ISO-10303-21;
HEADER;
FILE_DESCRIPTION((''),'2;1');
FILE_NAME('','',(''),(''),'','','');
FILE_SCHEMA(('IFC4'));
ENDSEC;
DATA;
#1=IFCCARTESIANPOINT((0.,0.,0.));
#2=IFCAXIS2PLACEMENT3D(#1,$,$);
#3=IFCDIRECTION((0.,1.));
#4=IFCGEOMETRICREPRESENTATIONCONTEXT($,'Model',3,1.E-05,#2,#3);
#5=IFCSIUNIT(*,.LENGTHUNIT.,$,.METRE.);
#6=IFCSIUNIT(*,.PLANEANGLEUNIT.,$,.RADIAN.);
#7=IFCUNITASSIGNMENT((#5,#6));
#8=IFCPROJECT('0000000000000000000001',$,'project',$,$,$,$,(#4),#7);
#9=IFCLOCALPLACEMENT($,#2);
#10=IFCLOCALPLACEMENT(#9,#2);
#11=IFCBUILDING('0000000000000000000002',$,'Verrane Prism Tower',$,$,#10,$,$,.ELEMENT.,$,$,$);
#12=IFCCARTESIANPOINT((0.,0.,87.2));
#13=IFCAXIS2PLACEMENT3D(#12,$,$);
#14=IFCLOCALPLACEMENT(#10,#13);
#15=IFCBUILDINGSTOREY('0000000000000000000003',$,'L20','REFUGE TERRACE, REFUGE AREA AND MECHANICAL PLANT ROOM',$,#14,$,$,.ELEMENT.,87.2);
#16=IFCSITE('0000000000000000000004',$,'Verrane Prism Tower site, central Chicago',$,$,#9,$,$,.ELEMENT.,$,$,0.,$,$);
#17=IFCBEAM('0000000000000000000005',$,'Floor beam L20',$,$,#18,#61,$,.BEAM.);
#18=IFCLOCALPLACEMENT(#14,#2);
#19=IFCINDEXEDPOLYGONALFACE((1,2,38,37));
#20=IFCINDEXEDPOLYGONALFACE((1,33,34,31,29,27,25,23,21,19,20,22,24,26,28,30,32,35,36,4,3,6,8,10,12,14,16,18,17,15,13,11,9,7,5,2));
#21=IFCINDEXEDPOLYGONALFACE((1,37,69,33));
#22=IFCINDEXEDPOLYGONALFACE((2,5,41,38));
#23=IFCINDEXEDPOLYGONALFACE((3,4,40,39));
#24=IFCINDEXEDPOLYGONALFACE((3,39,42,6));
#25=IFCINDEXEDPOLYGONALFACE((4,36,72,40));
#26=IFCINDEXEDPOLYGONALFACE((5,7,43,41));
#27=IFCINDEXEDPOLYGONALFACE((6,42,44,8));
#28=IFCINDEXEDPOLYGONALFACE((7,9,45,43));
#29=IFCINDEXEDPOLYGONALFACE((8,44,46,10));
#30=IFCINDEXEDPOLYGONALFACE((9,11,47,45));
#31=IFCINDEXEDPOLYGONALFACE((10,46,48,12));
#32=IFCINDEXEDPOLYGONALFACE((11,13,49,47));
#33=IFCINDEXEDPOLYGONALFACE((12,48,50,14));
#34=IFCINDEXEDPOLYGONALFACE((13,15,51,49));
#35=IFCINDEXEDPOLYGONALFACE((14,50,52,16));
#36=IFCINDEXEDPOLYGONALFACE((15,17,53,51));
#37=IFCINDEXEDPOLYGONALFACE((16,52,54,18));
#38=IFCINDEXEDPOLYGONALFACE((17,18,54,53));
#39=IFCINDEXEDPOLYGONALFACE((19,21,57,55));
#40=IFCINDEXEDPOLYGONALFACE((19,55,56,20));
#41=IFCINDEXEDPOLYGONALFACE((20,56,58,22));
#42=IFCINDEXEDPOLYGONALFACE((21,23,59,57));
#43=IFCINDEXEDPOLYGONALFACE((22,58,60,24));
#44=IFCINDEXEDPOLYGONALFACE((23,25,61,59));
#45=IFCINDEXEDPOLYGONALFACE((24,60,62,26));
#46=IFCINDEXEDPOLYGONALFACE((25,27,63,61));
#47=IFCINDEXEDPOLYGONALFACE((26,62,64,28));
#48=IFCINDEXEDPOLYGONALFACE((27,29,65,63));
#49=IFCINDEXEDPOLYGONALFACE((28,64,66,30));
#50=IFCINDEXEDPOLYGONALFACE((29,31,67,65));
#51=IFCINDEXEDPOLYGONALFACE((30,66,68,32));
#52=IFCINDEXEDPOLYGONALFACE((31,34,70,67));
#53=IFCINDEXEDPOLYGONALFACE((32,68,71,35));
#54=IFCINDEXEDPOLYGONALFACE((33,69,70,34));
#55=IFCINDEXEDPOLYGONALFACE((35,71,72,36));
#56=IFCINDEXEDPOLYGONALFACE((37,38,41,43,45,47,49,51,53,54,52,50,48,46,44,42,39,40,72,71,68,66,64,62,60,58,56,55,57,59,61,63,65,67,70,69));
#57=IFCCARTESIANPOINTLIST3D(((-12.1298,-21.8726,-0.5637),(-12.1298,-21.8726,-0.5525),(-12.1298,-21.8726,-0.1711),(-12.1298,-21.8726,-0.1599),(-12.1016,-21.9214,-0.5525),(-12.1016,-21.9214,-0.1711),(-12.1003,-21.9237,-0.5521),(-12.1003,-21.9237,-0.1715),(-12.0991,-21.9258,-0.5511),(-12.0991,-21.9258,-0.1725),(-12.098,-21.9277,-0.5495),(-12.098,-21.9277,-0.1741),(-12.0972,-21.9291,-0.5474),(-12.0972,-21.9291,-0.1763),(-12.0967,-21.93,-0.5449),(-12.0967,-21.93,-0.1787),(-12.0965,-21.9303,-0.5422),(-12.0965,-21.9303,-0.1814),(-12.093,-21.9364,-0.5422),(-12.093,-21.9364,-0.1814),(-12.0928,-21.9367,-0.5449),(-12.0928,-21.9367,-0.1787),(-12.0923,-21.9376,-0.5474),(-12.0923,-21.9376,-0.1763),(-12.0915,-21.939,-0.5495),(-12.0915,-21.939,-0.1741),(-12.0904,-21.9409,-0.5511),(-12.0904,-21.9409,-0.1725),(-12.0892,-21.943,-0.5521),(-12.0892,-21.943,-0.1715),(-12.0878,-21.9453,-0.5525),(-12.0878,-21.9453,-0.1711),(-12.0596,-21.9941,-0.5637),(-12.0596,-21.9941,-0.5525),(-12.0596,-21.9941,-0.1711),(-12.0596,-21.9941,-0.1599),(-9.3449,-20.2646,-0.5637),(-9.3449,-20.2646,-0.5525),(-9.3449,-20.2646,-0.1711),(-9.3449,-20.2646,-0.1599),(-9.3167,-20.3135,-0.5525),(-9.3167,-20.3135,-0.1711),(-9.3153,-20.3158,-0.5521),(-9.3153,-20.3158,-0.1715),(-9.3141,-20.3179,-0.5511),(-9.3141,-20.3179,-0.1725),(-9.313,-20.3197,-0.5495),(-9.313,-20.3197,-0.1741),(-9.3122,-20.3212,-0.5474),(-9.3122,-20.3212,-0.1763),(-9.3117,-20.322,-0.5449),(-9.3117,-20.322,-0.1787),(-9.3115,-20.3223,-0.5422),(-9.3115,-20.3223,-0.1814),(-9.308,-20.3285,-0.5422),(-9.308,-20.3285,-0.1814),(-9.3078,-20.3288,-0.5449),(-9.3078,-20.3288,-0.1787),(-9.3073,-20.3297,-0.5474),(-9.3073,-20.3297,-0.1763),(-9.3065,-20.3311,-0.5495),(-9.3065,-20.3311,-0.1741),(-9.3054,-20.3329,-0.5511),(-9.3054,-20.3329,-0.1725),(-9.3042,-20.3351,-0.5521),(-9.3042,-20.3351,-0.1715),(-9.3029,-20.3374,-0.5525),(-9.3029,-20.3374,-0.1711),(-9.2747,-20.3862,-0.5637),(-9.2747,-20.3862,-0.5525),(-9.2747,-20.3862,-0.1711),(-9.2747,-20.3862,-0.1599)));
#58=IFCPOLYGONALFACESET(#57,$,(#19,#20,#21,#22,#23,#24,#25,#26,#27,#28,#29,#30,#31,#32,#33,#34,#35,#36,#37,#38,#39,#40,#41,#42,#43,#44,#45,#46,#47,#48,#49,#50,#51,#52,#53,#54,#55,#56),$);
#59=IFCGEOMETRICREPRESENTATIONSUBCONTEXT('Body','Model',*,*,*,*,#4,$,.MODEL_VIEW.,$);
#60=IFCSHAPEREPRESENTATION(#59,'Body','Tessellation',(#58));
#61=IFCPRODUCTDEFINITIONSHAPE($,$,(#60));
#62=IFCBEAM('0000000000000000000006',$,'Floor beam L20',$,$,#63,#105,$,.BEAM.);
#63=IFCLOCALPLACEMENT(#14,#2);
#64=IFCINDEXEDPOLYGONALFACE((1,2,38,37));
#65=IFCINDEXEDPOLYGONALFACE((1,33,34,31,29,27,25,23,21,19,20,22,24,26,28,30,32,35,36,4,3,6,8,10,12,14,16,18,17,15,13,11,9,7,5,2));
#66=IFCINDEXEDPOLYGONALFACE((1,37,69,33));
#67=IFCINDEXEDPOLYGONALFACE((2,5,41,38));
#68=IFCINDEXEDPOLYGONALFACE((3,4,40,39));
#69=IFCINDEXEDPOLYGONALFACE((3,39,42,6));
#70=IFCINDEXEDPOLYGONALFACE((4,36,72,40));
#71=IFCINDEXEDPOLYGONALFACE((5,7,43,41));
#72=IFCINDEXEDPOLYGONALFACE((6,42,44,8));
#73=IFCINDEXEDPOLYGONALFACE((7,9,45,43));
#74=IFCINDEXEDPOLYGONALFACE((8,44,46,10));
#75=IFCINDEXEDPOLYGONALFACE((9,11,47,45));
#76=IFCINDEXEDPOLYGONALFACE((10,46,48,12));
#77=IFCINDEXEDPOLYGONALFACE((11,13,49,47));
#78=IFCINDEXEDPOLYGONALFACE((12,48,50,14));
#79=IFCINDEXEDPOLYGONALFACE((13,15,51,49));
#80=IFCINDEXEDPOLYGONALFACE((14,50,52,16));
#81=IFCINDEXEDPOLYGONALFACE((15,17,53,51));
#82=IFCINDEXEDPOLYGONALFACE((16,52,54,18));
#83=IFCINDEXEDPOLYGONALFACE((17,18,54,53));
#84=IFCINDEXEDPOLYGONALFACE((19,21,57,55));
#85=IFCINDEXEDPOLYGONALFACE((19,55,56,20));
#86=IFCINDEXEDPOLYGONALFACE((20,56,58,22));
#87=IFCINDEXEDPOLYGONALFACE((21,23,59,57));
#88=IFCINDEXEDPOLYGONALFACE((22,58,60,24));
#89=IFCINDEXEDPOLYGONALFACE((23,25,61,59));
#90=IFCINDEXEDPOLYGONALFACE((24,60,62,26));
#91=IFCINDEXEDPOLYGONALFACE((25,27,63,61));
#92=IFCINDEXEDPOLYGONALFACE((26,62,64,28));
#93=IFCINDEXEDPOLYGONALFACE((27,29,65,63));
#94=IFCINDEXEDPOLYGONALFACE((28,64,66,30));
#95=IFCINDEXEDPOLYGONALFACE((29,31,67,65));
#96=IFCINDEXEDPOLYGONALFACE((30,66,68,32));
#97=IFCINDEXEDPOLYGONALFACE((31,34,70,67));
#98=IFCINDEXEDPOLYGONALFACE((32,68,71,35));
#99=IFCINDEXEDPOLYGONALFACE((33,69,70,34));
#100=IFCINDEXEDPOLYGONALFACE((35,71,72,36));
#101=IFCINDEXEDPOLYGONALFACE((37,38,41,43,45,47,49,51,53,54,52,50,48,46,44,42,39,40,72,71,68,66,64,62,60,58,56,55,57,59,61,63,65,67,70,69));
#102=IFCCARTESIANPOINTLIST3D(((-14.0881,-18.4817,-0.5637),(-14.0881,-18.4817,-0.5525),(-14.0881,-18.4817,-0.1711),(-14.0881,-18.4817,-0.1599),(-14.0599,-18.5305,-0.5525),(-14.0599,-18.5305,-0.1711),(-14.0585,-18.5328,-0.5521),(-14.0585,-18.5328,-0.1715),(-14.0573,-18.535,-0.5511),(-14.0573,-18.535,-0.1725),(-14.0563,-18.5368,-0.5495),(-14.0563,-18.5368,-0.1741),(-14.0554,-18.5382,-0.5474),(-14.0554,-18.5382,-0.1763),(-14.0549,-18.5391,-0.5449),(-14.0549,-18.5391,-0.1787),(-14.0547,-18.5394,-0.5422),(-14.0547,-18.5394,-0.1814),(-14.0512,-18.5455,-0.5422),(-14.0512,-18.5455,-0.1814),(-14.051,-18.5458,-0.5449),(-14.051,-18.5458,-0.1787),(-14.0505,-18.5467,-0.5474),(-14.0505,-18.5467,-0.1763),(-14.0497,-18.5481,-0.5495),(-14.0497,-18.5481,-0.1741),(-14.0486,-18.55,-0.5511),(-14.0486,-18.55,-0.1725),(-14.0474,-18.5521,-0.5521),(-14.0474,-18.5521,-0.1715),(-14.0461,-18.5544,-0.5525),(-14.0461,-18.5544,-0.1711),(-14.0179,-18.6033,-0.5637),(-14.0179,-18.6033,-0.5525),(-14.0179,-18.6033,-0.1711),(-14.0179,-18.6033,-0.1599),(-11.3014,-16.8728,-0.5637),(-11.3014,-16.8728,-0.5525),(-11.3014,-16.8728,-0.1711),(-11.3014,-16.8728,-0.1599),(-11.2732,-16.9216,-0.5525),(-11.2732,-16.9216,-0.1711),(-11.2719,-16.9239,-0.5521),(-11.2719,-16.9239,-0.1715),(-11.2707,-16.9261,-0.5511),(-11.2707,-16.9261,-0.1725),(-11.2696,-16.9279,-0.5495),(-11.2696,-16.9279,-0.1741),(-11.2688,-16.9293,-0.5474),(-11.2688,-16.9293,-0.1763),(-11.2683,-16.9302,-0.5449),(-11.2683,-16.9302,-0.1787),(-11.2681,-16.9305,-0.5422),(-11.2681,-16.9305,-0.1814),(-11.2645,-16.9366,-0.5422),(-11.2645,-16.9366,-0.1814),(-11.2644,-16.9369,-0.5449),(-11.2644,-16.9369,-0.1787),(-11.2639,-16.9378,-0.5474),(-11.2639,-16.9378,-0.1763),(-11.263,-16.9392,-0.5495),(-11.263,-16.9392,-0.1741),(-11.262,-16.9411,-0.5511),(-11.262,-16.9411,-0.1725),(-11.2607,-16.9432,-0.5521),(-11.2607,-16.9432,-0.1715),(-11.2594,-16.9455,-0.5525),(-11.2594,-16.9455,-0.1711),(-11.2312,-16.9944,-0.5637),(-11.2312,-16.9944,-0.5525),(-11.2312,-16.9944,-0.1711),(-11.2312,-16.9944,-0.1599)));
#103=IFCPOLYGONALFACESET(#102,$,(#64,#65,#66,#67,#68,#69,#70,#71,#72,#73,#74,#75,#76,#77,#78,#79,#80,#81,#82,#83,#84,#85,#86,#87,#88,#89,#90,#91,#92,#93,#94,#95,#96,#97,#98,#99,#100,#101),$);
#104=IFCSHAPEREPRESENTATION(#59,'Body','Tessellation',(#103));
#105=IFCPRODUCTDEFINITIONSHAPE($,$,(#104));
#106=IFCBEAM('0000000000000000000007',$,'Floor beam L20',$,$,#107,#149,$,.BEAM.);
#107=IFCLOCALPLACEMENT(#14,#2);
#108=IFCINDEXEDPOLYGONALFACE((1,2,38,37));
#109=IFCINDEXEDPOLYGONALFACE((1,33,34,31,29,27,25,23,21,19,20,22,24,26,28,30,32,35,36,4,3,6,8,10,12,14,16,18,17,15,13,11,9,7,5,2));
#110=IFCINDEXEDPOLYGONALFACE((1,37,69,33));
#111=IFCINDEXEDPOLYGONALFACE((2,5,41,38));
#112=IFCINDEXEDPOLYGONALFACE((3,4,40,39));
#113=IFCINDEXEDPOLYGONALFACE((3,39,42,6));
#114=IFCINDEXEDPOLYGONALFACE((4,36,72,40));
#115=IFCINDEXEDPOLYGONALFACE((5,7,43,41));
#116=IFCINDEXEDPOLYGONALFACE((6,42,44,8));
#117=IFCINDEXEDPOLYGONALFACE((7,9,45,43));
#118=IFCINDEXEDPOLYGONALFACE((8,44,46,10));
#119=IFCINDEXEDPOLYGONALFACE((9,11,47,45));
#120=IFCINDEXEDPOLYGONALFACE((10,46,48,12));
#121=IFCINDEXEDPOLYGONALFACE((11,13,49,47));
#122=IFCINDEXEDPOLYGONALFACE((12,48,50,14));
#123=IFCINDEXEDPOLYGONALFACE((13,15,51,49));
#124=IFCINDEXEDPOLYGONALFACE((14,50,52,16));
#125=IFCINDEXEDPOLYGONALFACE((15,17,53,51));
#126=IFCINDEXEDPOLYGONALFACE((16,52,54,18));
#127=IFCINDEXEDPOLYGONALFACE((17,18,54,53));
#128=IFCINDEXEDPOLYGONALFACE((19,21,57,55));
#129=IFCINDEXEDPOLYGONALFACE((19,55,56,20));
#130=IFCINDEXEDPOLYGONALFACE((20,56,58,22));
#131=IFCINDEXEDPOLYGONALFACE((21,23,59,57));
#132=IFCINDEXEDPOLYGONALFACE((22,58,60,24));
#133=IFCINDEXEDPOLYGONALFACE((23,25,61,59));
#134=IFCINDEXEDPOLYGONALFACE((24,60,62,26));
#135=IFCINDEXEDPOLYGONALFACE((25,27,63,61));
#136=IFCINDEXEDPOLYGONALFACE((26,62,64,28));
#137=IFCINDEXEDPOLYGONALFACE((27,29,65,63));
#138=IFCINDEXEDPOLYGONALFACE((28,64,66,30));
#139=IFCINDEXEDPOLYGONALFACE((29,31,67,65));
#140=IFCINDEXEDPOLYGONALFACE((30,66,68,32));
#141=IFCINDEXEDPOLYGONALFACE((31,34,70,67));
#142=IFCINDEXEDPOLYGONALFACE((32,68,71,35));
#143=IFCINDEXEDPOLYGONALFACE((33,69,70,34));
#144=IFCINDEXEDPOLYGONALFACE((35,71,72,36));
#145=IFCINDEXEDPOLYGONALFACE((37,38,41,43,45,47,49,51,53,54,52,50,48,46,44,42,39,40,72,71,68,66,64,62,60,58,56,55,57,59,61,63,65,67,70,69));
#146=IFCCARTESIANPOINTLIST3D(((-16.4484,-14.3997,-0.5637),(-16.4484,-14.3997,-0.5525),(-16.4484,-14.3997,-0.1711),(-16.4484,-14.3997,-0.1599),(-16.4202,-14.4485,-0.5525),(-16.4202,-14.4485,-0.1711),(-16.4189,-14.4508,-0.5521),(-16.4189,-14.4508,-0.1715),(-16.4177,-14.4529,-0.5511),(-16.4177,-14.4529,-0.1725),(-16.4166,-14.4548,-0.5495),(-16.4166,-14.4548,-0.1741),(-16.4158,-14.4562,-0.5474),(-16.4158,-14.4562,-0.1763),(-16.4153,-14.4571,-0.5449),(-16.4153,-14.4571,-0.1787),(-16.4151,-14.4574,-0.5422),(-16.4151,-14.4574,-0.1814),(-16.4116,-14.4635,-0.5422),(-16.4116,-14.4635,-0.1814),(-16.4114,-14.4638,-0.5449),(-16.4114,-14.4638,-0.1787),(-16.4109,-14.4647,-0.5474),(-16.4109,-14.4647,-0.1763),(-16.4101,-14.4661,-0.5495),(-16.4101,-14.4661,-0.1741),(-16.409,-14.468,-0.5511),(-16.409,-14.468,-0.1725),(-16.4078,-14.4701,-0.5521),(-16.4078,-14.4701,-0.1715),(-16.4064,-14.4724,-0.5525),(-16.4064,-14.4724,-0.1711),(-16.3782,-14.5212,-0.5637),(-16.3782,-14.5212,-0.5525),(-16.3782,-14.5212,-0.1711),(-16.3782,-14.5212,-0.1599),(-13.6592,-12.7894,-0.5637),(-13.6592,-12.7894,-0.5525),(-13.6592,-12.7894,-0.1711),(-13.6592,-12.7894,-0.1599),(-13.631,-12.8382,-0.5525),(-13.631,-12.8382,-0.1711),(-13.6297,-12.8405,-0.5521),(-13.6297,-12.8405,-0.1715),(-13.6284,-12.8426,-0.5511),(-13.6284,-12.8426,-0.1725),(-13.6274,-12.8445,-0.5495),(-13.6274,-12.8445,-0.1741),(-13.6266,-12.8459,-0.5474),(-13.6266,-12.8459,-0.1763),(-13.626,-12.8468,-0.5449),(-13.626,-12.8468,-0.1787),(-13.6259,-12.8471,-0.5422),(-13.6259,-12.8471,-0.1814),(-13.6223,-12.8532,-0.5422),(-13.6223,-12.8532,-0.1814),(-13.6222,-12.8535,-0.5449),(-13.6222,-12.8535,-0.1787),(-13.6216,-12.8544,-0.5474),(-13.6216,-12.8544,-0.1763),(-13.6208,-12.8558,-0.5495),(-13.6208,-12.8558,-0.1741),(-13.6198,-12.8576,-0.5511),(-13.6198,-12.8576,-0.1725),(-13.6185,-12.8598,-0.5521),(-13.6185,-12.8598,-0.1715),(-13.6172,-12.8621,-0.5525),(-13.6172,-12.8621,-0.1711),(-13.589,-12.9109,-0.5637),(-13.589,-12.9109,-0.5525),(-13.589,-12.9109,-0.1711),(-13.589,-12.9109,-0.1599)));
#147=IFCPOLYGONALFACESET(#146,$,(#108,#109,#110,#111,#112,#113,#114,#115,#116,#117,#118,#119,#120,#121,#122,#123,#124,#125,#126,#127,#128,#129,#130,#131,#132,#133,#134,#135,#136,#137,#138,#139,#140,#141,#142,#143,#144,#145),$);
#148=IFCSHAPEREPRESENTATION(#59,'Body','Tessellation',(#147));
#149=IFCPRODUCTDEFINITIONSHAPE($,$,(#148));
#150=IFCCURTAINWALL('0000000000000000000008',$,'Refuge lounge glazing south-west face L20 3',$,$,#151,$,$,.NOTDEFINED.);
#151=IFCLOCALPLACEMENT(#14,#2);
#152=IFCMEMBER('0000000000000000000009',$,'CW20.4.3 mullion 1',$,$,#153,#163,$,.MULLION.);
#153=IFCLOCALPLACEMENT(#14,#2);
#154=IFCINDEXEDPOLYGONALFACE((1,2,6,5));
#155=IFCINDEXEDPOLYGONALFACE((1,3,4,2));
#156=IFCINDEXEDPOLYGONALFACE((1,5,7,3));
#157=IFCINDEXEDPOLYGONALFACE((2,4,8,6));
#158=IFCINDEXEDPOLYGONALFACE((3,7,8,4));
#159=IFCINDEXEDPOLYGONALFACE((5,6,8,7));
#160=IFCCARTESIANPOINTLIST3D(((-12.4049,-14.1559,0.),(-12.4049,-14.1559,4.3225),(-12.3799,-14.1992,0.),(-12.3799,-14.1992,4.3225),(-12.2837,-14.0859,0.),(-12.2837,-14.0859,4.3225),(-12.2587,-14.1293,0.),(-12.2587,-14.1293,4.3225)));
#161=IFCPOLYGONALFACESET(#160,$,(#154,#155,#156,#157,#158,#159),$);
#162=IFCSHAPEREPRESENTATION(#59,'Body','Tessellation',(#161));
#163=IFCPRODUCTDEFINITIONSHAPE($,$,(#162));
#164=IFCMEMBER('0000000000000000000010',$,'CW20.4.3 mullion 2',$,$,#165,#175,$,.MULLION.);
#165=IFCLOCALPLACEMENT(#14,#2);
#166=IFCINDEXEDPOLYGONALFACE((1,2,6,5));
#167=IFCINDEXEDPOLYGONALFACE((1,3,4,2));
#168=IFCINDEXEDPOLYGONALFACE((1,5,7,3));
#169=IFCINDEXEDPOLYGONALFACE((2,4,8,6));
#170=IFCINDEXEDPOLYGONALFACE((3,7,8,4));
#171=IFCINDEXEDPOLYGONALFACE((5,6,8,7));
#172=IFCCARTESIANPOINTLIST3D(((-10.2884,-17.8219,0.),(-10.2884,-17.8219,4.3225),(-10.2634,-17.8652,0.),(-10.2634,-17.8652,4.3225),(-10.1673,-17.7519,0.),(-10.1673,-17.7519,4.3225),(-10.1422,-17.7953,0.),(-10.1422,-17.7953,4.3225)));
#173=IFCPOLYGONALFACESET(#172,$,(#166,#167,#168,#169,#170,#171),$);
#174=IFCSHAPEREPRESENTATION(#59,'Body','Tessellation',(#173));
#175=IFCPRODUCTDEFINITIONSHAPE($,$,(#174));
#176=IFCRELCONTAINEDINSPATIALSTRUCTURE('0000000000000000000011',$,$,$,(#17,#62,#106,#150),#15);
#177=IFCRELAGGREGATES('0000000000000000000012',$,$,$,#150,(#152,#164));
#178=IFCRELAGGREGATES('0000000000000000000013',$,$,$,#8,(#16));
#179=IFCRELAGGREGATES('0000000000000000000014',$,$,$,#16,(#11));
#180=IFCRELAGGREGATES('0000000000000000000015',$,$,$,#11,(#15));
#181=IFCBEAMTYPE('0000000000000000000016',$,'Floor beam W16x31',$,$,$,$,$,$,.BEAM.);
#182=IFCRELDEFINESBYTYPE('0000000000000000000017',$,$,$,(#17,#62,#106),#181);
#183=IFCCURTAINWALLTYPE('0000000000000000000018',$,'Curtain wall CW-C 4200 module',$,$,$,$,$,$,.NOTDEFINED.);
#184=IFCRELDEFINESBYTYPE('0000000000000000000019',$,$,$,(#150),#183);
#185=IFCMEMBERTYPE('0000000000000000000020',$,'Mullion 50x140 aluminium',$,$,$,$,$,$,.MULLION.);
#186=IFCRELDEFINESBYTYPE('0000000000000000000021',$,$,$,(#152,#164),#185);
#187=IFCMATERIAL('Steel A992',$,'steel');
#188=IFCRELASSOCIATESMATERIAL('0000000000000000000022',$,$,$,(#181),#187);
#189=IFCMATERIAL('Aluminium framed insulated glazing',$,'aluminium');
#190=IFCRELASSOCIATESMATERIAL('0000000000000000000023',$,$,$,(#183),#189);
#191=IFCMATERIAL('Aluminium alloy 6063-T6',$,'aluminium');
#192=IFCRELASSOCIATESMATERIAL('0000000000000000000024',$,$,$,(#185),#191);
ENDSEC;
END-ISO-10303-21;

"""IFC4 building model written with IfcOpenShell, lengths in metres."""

from ifc_helpers import new_model, si_unit, direction, frame, origin, origin_2d, place, context, subcontext, project, spatial, rectangle, i_section, extrude, material, material_profile, profile_set, type_object, element, aggregate, save


model = new_model("IFC4")

# Units and contexts
model_context = context("Model", 3, precision=1e-05, world=origin(), true_north=direction((0.0, 1.0)))
body_context = subcontext(model_context, "Body", "Model", "MODEL_VIEW")
ifc_project = project(units=[si_unit("LENGTHUNIT", "METRE"), si_unit("PLANEANGLEUNIT", "RADIAN")], contexts=[model_context])

# Site, building, storey
site_placement = place(None, origin())
site = spatial("IfcSite", under=ifc_project, at=site_placement, Name="Verrane Prism Tower site, central Chicago", CompositionType="ELEMENT", RefElevation=0.0)
building_placement = place(site_placement, origin())
building = spatial("IfcBuilding", under=site, at=building_placement, Name="Verrane Prism Tower", CompositionType="ELEMENT")
storey_placement = place(building_placement, frame((0.0, 0.0, 87.2)))
storey = spatial("IfcBuildingStorey", under=building, at=storey_placement, Name="L20", Description="REFUGE TERRACE, REFUGE AREA AND MECHANICAL PLANT ROOM", CompositionType="ELEMENT", Elevation=87.2)

# Beams
ifc_material_1 = material(Name="Steel A992", Category="steel")
ifc_material_profile_1 = material_profile(ifc_material_1, i_section(OverallWidth=0.1404, OverallDepth=0.4038, WebThickness=0.0071, FlangeThickness=0.0112, FilletRadius=0.0103, at=origin_2d()), Name="W16x31")
ifc_profile_set_1 = profile_set([ifc_material_profile_1], Name="Steel A992")
beam_type_1 = type_object("IfcBeamType", Name="Floor beam W16x31", PredefinedType="BEAM", material=ifc_profile_set_1)
beam_1_placement = place(storey_placement, frame((-12.0947, -21.9333, -0.3618), z_axis=(0.86602, 0.500009, 0.0), x_axis=(-0.500009, 0.86602, 0.0)))
element("IfcBeam", 1, at=beam_1_placement, inside=storey, type_object=beam_type_1, Name="Floor beam L20", PredefinedType="BEAM", context=body_context, shape_type="SweptSolid", body=[
    extrude(i_section(OverallWidth=0.1404, OverallDepth=0.4038, WebThickness=0.0071, FlangeThickness=0.0112, FilletRadius=0.0103, at=origin_2d()), origin(), (0.0, 0.0, 1.0), 3.2158),
])
beam_2_placement = place(storey_placement, frame((-14.053, -18.5425, -0.3618), z_axis=(0.866021, 0.500007, 0.0), x_axis=(-0.500007, 0.866021, 0.0)))
element("IfcBeam", 2, at=beam_2_placement, inside=storey, type_object=beam_type_1, Name="Floor beam L20", PredefinedType="BEAM", context=body_context, shape_type="SweptSolid", body=[
    extrude(i_section(OverallWidth=0.1404, OverallDepth=0.4038, WebThickness=0.0071, FlangeThickness=0.0112, FilletRadius=0.0103, at=origin_2d()), origin(), (0.0, 0.0, 1.0), 3.2178),
])
beam_3_placement = place(storey_placement, frame((-16.4133, -14.4604, -0.3618), z_axis=(0.866033, 0.499987, 0.0), x_axis=(-0.499987, 0.866033, 0.0)))
element("IfcBeam", 3, at=beam_3_placement, inside=storey, type_object=beam_type_1, Name="Floor beam L20", PredefinedType="BEAM", context=body_context, shape_type="SweptSolid", body=[
    extrude(i_section(OverallWidth=0.1404, OverallDepth=0.4038, WebThickness=0.0071, FlangeThickness=0.0112, FilletRadius=0.0103, at=origin_2d()), origin(), (0.0, 0.0, 1.0), 3.2207),
])

# Curtain wall, members
ifc_material_2 = material(Name="Aluminium framed insulated glazing", Category="aluminium")
curtain_wall_type = type_object("IfcCurtainWallType", Name="Curtain wall CW-C 4200 module", PredefinedType="NOTDEFINED", material=ifc_material_2)
curtain_wall_placement = place(storey_placement, origin())
curtain_wall = element("IfcCurtainWall", 4, at=curtain_wall_placement, inside=storey, type_object=curtain_wall_type, Name="Refuge lounge glazing south-west face L20 3", PredefinedType="NOTDEFINED")
ifc_material_3 = material(Name="Aluminium alloy 6063-T6", Category="aluminium")
ifc_material_profile_2 = material_profile(ifc_material_3, rectangle(XDim=0.1399, YDim=0.05, at=origin_2d()), Name="Mullion 50x140 aluminium")
ifc_profile_set_2 = profile_set([ifc_material_profile_2], Name="Aluminium alloy 6063-T6")
member_type_1 = type_object("IfcMemberType", Name="Mullion 50x140 aluminium", PredefinedType="MULLION", material=ifc_profile_set_2)
member_1_placement = place(storey_placement, frame((-12.3318, -14.1426, 0.0), z_axis=(0.0, 0.0, 1.0), x_axis=(0.866028, 0.499996, 0.0)))
member_1 = element("IfcMember", 5, at=member_1_placement, type_object=member_type_1, Name="CW20.4.3 mullion 1", PredefinedType="MULLION", context=body_context, shape_type="SweptSolid", body=[
    extrude(rectangle(XDim=0.1399, YDim=0.05, at=origin_2d()), origin(), (0.0, 0.0, 1.0), 4.3225),
])
member_2_placement = place(storey_placement, frame((-10.2153, -17.8086, 0.0), z_axis=(0.0, 0.0, 1.0), x_axis=(0.866028, 0.499996, 0.0)))
member_2 = element("IfcMember", 6, at=member_2_placement, type_object=member_type_1, Name="CW20.4.3 mullion 2", PredefinedType="MULLION", context=body_context, shape_type="SweptSolid", body=[
    extrude(rectangle(XDim=0.1399, YDim=0.05, at=origin_2d()), origin(), (0.0, 0.0, 1.0), 4.3225),
])

aggregate(curtain_wall, [member_1, member_2])

save(model, "model.ifc")
